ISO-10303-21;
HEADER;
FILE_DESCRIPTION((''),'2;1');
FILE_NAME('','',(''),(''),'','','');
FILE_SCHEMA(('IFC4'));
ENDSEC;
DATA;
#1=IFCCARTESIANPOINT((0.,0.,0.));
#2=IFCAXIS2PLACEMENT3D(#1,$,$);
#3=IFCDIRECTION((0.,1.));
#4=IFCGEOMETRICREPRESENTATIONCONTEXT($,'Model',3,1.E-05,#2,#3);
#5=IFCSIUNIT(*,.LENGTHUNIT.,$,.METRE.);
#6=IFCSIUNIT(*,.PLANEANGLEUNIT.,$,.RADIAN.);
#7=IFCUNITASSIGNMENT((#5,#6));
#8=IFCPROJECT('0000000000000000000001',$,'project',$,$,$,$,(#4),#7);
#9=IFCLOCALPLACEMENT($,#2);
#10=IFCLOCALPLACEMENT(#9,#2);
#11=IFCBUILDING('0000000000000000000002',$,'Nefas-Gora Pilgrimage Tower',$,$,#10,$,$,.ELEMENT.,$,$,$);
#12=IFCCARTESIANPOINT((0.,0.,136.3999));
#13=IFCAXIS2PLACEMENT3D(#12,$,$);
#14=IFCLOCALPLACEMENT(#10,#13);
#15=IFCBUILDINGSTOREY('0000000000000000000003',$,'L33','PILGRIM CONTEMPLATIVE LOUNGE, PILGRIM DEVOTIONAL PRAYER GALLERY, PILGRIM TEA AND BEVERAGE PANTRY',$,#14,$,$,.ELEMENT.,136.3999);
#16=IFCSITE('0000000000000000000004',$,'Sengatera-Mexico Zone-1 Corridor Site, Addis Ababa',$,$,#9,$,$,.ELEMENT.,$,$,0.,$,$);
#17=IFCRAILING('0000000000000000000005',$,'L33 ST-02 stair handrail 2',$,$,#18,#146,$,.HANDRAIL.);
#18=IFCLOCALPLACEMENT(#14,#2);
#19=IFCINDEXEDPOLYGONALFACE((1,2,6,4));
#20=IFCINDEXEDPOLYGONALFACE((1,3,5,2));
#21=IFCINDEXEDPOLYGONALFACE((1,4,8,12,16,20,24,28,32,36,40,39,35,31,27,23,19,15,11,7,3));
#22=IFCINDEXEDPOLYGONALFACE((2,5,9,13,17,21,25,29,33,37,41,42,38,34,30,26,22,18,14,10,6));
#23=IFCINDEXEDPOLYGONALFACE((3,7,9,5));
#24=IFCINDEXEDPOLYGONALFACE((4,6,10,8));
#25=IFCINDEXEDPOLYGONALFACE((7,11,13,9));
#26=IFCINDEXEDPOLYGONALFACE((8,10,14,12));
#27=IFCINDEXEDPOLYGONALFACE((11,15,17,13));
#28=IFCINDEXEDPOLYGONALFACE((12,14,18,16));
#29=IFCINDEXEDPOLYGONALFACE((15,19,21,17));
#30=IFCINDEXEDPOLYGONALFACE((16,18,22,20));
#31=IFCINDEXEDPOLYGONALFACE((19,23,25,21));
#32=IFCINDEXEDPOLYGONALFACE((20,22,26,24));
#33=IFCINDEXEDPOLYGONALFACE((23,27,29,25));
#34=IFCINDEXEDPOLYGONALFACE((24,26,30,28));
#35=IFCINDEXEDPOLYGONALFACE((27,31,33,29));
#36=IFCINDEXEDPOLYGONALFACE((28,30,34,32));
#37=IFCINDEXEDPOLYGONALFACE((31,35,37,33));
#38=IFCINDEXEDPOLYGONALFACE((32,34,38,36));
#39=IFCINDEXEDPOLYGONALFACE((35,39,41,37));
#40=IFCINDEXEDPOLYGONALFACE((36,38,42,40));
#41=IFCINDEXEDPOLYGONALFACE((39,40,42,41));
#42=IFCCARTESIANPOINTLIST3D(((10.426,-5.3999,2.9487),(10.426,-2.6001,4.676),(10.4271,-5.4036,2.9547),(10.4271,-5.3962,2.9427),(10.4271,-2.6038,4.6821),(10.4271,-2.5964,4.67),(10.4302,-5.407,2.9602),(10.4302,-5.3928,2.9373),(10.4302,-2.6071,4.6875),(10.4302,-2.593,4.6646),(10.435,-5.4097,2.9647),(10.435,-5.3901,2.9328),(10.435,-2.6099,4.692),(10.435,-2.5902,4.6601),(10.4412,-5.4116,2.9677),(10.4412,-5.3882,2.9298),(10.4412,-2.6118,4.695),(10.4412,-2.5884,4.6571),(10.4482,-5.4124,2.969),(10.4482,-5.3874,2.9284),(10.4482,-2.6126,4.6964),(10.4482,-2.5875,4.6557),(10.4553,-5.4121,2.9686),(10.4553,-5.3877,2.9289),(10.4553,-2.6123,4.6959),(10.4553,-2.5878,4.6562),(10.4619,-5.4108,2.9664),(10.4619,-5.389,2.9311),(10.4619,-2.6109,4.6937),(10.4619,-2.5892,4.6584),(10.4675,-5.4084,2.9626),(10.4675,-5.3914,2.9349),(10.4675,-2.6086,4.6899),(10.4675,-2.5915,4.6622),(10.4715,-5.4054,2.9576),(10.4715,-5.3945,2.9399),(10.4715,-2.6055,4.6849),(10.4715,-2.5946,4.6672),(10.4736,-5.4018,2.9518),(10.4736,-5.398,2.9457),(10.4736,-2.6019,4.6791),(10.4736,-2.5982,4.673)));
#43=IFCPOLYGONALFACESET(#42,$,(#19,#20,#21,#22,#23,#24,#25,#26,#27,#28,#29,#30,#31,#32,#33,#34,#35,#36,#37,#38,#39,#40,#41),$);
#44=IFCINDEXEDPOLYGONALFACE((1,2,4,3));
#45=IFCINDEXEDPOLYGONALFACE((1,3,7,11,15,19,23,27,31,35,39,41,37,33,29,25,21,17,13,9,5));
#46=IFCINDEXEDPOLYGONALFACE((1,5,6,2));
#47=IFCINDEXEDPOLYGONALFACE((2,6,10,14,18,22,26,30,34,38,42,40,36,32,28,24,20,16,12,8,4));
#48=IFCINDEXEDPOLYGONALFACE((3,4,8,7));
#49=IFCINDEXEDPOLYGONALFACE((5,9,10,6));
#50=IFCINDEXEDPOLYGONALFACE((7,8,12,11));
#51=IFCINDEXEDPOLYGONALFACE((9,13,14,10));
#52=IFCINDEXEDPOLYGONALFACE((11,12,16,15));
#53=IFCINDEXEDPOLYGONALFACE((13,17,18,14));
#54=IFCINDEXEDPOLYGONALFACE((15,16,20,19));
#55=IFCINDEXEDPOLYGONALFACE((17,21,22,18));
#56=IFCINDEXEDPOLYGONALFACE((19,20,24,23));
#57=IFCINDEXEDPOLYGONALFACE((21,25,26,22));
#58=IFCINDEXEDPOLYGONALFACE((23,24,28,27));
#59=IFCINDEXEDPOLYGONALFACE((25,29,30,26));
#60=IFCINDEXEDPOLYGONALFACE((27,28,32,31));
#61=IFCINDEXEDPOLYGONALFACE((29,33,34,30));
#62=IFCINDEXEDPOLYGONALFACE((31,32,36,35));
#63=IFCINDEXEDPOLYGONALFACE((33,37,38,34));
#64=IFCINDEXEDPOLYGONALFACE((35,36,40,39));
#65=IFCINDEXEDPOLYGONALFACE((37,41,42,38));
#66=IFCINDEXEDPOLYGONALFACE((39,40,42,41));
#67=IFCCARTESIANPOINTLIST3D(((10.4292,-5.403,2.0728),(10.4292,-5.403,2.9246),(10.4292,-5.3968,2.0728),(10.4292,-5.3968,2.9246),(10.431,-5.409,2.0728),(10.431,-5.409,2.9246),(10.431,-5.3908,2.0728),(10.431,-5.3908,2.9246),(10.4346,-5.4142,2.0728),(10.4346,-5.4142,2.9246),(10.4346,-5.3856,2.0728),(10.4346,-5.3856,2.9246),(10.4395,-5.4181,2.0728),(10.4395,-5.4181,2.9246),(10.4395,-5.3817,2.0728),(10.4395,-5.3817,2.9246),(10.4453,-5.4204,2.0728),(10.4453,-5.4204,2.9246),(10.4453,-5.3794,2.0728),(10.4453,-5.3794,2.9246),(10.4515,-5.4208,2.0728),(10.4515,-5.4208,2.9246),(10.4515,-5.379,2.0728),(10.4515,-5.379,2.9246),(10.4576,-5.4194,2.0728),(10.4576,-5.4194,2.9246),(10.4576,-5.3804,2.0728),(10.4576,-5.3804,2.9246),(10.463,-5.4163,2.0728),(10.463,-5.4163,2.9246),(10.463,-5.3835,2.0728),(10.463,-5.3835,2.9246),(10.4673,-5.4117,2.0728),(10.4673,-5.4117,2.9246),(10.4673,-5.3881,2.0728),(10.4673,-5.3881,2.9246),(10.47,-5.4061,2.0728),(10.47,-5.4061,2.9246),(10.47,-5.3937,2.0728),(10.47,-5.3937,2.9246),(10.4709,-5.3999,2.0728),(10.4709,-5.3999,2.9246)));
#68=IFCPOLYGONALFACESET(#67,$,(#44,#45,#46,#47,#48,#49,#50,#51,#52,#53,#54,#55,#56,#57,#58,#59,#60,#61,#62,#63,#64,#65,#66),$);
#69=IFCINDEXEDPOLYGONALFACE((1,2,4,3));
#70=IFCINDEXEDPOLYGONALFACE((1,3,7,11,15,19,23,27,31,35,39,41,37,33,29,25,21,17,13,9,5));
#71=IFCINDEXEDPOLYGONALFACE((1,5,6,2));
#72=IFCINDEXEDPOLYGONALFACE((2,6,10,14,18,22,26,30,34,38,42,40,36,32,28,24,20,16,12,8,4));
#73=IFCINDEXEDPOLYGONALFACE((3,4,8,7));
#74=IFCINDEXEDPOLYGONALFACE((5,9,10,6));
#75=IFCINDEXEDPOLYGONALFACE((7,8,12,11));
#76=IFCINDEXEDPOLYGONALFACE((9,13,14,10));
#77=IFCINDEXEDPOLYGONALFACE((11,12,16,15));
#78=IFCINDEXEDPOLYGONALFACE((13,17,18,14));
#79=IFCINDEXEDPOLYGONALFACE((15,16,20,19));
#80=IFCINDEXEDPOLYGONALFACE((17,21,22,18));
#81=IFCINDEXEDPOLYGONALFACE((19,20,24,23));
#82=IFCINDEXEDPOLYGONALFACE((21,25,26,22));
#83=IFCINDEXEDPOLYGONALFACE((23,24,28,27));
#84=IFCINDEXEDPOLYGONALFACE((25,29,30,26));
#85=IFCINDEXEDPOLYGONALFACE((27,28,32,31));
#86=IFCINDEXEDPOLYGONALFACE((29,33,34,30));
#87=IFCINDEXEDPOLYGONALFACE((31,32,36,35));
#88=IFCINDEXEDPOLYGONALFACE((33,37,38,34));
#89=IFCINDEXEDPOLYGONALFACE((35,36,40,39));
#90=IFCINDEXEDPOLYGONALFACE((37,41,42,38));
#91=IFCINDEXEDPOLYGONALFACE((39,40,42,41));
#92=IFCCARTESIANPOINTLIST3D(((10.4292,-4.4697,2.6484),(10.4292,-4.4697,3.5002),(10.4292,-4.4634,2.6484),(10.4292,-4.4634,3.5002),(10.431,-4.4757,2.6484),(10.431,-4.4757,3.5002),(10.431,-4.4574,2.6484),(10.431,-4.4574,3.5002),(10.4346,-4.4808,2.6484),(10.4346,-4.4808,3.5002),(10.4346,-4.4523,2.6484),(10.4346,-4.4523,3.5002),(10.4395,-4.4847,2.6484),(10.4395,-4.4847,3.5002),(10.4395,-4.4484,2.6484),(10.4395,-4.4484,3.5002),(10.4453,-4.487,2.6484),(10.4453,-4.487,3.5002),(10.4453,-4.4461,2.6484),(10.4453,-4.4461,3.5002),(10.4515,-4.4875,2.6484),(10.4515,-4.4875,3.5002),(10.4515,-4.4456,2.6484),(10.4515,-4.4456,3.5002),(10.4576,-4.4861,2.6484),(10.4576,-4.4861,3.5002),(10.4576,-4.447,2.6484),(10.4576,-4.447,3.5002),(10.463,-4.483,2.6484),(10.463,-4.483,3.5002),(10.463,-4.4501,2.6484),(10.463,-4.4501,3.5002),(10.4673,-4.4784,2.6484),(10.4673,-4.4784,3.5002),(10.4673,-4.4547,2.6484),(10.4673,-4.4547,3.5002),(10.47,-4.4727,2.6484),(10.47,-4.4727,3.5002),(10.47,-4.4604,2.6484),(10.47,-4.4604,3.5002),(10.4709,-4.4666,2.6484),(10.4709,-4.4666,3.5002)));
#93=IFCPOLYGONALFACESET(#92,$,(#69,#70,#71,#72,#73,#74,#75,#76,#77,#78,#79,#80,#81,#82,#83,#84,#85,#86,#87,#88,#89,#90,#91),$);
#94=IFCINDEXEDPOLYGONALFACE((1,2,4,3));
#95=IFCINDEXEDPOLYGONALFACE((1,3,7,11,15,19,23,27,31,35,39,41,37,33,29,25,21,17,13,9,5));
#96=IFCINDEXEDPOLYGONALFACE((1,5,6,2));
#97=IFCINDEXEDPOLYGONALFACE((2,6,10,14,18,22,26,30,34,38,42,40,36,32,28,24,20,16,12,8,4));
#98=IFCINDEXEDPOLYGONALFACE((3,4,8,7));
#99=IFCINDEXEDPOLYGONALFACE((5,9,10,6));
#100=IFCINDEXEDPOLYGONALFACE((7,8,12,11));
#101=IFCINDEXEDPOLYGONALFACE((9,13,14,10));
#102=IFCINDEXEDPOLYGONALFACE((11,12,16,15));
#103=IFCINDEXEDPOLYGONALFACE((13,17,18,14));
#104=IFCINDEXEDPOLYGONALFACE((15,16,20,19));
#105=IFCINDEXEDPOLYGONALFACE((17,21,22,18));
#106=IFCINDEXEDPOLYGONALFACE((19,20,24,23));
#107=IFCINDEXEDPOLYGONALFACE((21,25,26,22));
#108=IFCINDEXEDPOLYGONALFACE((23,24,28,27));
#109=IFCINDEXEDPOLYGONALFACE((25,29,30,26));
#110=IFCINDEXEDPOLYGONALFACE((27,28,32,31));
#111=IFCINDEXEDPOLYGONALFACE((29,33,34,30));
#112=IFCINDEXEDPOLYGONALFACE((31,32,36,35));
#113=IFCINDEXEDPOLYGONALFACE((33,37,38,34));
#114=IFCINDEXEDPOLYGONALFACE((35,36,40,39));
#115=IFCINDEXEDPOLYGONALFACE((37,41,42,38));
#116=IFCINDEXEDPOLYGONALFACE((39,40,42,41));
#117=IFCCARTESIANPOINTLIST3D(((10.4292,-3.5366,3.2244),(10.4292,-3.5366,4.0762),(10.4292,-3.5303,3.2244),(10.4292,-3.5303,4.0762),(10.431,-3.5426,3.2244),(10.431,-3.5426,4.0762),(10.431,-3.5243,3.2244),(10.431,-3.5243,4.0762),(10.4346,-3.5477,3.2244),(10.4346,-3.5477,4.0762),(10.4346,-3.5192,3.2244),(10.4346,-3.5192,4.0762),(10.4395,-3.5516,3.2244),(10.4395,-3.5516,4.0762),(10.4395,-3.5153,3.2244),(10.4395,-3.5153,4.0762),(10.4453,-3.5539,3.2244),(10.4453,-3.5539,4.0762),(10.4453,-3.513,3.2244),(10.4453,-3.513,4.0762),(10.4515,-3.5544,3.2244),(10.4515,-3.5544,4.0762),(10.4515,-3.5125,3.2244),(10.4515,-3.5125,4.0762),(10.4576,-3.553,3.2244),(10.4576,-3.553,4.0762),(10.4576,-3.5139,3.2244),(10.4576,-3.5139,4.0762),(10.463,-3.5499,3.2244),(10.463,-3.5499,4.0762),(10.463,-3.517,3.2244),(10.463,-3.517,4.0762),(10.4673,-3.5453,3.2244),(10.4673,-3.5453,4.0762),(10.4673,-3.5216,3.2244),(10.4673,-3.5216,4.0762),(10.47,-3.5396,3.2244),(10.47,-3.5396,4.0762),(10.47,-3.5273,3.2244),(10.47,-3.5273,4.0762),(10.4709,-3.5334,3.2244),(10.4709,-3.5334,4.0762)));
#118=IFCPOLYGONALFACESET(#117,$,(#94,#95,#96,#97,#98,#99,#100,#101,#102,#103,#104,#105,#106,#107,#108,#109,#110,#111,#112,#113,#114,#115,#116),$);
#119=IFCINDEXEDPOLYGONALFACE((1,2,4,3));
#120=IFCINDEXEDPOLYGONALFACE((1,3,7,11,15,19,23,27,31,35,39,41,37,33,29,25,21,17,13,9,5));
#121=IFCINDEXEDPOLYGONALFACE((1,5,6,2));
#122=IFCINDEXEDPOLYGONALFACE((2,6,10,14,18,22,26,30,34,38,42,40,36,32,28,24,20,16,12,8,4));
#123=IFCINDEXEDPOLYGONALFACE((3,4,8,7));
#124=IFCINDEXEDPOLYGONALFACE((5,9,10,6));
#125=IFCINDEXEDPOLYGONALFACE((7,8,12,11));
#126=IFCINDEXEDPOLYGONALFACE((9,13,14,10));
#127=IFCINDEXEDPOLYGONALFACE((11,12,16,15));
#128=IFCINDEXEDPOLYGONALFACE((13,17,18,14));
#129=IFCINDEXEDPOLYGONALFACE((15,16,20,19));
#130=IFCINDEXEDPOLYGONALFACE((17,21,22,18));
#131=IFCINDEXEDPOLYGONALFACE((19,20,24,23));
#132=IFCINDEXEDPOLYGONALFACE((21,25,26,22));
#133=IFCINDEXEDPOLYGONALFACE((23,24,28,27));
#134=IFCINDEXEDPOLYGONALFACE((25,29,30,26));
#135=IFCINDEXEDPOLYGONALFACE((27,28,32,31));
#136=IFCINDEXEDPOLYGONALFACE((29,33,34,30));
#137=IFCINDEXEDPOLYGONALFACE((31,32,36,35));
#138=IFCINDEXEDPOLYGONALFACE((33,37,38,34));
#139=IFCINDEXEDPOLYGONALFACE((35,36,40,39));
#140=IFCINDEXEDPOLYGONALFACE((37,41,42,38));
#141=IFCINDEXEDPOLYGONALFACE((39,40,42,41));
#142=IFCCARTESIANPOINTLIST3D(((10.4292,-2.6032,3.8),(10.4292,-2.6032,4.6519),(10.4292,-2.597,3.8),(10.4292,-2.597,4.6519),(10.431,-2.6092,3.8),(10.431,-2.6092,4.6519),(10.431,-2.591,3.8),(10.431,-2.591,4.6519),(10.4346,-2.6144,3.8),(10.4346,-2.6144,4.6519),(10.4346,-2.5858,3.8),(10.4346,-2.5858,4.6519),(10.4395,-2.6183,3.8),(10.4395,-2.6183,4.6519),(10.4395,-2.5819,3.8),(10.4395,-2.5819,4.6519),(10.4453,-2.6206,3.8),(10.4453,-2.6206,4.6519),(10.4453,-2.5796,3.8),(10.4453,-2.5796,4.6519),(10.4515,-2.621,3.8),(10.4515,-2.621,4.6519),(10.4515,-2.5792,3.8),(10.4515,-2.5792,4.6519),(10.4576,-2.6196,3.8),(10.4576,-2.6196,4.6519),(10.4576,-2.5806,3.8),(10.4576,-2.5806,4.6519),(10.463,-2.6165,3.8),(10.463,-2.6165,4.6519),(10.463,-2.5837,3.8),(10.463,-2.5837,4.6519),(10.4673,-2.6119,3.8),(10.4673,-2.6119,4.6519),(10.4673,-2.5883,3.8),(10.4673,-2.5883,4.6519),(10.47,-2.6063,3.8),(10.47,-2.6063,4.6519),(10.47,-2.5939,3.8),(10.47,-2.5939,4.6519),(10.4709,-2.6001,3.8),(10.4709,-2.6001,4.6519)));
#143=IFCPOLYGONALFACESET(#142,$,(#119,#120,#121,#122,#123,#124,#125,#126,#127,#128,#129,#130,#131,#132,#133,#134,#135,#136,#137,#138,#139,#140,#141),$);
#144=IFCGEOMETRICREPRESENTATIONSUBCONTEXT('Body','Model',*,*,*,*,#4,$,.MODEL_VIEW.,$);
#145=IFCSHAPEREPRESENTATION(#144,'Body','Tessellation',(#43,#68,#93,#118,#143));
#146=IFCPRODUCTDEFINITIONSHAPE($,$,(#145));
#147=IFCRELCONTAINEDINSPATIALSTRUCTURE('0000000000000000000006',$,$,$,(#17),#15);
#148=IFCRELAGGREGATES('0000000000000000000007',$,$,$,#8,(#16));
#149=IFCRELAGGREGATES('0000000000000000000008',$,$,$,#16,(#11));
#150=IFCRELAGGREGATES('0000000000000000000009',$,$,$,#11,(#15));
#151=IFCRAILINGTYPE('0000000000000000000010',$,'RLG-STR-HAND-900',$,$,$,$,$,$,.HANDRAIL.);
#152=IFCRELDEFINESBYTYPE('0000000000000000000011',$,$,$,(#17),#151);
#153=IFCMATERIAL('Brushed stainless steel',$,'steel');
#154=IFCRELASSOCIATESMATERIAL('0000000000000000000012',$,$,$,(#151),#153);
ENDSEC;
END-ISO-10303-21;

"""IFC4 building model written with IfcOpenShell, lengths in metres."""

from ifc_helpers import new_model, si_unit, direction, frame, origin, origin_2d, place, context, subcontext, project, spatial, circle, extrude, material, type_object, element, save


model = new_model("IFC4")

# Units and contexts
model_context = context("Model", 3, precision=1e-05, world=origin(), true_north=direction((0.0, 1.0)))
body_context = subcontext(model_context, "Body", "Model", "MODEL_VIEW")
ifc_project = project(units=[si_unit("LENGTHUNIT", "METRE"), si_unit("PLANEANGLEUNIT", "RADIAN")], contexts=[model_context])

# Site, building, storey
site_placement = place(None, origin())
site = spatial("IfcSite", under=ifc_project, at=site_placement, Name="Sengatera-Mexico Zone-1 Corridor Site, Addis Ababa", CompositionType="ELEMENT", RefElevation=0.0)
building_placement = place(site_placement, origin())
building = spatial("IfcBuilding", under=site, at=building_placement, Name="Nefas-Gora Pilgrimage Tower", CompositionType="ELEMENT")
storey_placement = place(building_placement, frame((0.0, 0.0, 136.3999)))
storey = spatial("IfcBuildingStorey", under=building, at=storey_placement, Name="L33", Description="PILGRIM CONTEMPLATIVE LOUNGE, PILGRIM DEVOTIONAL PRAYER GALLERY, PILGRIM TEA AND BEVERAGE PANTRY", CompositionType="ELEMENT", Elevation=136.3999)

# Railing
ifc_material_1 = material(Name="Brushed stainless steel", Category="steel")
railing_type_1 = type_object("IfcRailingType", Name="RLG-STR-HAND-900", PredefinedType="HANDRAIL", material=ifc_material_1)
railing_1_placement = place(storey_placement, frame((10.45, -5.3999, 2.0728)))
element("IfcRailing", 1, at=railing_1_placement, inside=storey, type_object=railing_type_1, Name="L33 ST-02 stair handrail 2", PredefinedType="HANDRAIL", context=body_context, shape_type="SweptSolid", body=[
    extrude(circle(Radius=0.0239, at=origin_2d()), frame((0.0, 0.0, 0.876), z_axis=(0.0, 0.851069, 0.525054), x_axis=(-1.0, 0.0, 0.0)), (0.0, 0.0, 1.0), 3.2898),
    extrude(circle(Radius=0.021, at=origin_2d()), origin(), (0.0, 0.0, 1.0), 0.8518),
    extrude(circle(Radius=0.021, at=origin_2d()), frame((0.0, 0.9333, 0.5757)), (0.0, 0.0, 1.0), 0.8518),
    extrude(circle(Radius=0.021, at=origin_2d()), frame((0.0, 1.8665, 1.1516)), (0.0, 0.0, 1.0), 0.8518),
    extrude(circle(Radius=0.021, at=origin_2d()), frame((0.0, 2.7998, 1.7273)), (0.0, 0.0, 1.0), 0.8518),
])

save(model, "model.ifc")
